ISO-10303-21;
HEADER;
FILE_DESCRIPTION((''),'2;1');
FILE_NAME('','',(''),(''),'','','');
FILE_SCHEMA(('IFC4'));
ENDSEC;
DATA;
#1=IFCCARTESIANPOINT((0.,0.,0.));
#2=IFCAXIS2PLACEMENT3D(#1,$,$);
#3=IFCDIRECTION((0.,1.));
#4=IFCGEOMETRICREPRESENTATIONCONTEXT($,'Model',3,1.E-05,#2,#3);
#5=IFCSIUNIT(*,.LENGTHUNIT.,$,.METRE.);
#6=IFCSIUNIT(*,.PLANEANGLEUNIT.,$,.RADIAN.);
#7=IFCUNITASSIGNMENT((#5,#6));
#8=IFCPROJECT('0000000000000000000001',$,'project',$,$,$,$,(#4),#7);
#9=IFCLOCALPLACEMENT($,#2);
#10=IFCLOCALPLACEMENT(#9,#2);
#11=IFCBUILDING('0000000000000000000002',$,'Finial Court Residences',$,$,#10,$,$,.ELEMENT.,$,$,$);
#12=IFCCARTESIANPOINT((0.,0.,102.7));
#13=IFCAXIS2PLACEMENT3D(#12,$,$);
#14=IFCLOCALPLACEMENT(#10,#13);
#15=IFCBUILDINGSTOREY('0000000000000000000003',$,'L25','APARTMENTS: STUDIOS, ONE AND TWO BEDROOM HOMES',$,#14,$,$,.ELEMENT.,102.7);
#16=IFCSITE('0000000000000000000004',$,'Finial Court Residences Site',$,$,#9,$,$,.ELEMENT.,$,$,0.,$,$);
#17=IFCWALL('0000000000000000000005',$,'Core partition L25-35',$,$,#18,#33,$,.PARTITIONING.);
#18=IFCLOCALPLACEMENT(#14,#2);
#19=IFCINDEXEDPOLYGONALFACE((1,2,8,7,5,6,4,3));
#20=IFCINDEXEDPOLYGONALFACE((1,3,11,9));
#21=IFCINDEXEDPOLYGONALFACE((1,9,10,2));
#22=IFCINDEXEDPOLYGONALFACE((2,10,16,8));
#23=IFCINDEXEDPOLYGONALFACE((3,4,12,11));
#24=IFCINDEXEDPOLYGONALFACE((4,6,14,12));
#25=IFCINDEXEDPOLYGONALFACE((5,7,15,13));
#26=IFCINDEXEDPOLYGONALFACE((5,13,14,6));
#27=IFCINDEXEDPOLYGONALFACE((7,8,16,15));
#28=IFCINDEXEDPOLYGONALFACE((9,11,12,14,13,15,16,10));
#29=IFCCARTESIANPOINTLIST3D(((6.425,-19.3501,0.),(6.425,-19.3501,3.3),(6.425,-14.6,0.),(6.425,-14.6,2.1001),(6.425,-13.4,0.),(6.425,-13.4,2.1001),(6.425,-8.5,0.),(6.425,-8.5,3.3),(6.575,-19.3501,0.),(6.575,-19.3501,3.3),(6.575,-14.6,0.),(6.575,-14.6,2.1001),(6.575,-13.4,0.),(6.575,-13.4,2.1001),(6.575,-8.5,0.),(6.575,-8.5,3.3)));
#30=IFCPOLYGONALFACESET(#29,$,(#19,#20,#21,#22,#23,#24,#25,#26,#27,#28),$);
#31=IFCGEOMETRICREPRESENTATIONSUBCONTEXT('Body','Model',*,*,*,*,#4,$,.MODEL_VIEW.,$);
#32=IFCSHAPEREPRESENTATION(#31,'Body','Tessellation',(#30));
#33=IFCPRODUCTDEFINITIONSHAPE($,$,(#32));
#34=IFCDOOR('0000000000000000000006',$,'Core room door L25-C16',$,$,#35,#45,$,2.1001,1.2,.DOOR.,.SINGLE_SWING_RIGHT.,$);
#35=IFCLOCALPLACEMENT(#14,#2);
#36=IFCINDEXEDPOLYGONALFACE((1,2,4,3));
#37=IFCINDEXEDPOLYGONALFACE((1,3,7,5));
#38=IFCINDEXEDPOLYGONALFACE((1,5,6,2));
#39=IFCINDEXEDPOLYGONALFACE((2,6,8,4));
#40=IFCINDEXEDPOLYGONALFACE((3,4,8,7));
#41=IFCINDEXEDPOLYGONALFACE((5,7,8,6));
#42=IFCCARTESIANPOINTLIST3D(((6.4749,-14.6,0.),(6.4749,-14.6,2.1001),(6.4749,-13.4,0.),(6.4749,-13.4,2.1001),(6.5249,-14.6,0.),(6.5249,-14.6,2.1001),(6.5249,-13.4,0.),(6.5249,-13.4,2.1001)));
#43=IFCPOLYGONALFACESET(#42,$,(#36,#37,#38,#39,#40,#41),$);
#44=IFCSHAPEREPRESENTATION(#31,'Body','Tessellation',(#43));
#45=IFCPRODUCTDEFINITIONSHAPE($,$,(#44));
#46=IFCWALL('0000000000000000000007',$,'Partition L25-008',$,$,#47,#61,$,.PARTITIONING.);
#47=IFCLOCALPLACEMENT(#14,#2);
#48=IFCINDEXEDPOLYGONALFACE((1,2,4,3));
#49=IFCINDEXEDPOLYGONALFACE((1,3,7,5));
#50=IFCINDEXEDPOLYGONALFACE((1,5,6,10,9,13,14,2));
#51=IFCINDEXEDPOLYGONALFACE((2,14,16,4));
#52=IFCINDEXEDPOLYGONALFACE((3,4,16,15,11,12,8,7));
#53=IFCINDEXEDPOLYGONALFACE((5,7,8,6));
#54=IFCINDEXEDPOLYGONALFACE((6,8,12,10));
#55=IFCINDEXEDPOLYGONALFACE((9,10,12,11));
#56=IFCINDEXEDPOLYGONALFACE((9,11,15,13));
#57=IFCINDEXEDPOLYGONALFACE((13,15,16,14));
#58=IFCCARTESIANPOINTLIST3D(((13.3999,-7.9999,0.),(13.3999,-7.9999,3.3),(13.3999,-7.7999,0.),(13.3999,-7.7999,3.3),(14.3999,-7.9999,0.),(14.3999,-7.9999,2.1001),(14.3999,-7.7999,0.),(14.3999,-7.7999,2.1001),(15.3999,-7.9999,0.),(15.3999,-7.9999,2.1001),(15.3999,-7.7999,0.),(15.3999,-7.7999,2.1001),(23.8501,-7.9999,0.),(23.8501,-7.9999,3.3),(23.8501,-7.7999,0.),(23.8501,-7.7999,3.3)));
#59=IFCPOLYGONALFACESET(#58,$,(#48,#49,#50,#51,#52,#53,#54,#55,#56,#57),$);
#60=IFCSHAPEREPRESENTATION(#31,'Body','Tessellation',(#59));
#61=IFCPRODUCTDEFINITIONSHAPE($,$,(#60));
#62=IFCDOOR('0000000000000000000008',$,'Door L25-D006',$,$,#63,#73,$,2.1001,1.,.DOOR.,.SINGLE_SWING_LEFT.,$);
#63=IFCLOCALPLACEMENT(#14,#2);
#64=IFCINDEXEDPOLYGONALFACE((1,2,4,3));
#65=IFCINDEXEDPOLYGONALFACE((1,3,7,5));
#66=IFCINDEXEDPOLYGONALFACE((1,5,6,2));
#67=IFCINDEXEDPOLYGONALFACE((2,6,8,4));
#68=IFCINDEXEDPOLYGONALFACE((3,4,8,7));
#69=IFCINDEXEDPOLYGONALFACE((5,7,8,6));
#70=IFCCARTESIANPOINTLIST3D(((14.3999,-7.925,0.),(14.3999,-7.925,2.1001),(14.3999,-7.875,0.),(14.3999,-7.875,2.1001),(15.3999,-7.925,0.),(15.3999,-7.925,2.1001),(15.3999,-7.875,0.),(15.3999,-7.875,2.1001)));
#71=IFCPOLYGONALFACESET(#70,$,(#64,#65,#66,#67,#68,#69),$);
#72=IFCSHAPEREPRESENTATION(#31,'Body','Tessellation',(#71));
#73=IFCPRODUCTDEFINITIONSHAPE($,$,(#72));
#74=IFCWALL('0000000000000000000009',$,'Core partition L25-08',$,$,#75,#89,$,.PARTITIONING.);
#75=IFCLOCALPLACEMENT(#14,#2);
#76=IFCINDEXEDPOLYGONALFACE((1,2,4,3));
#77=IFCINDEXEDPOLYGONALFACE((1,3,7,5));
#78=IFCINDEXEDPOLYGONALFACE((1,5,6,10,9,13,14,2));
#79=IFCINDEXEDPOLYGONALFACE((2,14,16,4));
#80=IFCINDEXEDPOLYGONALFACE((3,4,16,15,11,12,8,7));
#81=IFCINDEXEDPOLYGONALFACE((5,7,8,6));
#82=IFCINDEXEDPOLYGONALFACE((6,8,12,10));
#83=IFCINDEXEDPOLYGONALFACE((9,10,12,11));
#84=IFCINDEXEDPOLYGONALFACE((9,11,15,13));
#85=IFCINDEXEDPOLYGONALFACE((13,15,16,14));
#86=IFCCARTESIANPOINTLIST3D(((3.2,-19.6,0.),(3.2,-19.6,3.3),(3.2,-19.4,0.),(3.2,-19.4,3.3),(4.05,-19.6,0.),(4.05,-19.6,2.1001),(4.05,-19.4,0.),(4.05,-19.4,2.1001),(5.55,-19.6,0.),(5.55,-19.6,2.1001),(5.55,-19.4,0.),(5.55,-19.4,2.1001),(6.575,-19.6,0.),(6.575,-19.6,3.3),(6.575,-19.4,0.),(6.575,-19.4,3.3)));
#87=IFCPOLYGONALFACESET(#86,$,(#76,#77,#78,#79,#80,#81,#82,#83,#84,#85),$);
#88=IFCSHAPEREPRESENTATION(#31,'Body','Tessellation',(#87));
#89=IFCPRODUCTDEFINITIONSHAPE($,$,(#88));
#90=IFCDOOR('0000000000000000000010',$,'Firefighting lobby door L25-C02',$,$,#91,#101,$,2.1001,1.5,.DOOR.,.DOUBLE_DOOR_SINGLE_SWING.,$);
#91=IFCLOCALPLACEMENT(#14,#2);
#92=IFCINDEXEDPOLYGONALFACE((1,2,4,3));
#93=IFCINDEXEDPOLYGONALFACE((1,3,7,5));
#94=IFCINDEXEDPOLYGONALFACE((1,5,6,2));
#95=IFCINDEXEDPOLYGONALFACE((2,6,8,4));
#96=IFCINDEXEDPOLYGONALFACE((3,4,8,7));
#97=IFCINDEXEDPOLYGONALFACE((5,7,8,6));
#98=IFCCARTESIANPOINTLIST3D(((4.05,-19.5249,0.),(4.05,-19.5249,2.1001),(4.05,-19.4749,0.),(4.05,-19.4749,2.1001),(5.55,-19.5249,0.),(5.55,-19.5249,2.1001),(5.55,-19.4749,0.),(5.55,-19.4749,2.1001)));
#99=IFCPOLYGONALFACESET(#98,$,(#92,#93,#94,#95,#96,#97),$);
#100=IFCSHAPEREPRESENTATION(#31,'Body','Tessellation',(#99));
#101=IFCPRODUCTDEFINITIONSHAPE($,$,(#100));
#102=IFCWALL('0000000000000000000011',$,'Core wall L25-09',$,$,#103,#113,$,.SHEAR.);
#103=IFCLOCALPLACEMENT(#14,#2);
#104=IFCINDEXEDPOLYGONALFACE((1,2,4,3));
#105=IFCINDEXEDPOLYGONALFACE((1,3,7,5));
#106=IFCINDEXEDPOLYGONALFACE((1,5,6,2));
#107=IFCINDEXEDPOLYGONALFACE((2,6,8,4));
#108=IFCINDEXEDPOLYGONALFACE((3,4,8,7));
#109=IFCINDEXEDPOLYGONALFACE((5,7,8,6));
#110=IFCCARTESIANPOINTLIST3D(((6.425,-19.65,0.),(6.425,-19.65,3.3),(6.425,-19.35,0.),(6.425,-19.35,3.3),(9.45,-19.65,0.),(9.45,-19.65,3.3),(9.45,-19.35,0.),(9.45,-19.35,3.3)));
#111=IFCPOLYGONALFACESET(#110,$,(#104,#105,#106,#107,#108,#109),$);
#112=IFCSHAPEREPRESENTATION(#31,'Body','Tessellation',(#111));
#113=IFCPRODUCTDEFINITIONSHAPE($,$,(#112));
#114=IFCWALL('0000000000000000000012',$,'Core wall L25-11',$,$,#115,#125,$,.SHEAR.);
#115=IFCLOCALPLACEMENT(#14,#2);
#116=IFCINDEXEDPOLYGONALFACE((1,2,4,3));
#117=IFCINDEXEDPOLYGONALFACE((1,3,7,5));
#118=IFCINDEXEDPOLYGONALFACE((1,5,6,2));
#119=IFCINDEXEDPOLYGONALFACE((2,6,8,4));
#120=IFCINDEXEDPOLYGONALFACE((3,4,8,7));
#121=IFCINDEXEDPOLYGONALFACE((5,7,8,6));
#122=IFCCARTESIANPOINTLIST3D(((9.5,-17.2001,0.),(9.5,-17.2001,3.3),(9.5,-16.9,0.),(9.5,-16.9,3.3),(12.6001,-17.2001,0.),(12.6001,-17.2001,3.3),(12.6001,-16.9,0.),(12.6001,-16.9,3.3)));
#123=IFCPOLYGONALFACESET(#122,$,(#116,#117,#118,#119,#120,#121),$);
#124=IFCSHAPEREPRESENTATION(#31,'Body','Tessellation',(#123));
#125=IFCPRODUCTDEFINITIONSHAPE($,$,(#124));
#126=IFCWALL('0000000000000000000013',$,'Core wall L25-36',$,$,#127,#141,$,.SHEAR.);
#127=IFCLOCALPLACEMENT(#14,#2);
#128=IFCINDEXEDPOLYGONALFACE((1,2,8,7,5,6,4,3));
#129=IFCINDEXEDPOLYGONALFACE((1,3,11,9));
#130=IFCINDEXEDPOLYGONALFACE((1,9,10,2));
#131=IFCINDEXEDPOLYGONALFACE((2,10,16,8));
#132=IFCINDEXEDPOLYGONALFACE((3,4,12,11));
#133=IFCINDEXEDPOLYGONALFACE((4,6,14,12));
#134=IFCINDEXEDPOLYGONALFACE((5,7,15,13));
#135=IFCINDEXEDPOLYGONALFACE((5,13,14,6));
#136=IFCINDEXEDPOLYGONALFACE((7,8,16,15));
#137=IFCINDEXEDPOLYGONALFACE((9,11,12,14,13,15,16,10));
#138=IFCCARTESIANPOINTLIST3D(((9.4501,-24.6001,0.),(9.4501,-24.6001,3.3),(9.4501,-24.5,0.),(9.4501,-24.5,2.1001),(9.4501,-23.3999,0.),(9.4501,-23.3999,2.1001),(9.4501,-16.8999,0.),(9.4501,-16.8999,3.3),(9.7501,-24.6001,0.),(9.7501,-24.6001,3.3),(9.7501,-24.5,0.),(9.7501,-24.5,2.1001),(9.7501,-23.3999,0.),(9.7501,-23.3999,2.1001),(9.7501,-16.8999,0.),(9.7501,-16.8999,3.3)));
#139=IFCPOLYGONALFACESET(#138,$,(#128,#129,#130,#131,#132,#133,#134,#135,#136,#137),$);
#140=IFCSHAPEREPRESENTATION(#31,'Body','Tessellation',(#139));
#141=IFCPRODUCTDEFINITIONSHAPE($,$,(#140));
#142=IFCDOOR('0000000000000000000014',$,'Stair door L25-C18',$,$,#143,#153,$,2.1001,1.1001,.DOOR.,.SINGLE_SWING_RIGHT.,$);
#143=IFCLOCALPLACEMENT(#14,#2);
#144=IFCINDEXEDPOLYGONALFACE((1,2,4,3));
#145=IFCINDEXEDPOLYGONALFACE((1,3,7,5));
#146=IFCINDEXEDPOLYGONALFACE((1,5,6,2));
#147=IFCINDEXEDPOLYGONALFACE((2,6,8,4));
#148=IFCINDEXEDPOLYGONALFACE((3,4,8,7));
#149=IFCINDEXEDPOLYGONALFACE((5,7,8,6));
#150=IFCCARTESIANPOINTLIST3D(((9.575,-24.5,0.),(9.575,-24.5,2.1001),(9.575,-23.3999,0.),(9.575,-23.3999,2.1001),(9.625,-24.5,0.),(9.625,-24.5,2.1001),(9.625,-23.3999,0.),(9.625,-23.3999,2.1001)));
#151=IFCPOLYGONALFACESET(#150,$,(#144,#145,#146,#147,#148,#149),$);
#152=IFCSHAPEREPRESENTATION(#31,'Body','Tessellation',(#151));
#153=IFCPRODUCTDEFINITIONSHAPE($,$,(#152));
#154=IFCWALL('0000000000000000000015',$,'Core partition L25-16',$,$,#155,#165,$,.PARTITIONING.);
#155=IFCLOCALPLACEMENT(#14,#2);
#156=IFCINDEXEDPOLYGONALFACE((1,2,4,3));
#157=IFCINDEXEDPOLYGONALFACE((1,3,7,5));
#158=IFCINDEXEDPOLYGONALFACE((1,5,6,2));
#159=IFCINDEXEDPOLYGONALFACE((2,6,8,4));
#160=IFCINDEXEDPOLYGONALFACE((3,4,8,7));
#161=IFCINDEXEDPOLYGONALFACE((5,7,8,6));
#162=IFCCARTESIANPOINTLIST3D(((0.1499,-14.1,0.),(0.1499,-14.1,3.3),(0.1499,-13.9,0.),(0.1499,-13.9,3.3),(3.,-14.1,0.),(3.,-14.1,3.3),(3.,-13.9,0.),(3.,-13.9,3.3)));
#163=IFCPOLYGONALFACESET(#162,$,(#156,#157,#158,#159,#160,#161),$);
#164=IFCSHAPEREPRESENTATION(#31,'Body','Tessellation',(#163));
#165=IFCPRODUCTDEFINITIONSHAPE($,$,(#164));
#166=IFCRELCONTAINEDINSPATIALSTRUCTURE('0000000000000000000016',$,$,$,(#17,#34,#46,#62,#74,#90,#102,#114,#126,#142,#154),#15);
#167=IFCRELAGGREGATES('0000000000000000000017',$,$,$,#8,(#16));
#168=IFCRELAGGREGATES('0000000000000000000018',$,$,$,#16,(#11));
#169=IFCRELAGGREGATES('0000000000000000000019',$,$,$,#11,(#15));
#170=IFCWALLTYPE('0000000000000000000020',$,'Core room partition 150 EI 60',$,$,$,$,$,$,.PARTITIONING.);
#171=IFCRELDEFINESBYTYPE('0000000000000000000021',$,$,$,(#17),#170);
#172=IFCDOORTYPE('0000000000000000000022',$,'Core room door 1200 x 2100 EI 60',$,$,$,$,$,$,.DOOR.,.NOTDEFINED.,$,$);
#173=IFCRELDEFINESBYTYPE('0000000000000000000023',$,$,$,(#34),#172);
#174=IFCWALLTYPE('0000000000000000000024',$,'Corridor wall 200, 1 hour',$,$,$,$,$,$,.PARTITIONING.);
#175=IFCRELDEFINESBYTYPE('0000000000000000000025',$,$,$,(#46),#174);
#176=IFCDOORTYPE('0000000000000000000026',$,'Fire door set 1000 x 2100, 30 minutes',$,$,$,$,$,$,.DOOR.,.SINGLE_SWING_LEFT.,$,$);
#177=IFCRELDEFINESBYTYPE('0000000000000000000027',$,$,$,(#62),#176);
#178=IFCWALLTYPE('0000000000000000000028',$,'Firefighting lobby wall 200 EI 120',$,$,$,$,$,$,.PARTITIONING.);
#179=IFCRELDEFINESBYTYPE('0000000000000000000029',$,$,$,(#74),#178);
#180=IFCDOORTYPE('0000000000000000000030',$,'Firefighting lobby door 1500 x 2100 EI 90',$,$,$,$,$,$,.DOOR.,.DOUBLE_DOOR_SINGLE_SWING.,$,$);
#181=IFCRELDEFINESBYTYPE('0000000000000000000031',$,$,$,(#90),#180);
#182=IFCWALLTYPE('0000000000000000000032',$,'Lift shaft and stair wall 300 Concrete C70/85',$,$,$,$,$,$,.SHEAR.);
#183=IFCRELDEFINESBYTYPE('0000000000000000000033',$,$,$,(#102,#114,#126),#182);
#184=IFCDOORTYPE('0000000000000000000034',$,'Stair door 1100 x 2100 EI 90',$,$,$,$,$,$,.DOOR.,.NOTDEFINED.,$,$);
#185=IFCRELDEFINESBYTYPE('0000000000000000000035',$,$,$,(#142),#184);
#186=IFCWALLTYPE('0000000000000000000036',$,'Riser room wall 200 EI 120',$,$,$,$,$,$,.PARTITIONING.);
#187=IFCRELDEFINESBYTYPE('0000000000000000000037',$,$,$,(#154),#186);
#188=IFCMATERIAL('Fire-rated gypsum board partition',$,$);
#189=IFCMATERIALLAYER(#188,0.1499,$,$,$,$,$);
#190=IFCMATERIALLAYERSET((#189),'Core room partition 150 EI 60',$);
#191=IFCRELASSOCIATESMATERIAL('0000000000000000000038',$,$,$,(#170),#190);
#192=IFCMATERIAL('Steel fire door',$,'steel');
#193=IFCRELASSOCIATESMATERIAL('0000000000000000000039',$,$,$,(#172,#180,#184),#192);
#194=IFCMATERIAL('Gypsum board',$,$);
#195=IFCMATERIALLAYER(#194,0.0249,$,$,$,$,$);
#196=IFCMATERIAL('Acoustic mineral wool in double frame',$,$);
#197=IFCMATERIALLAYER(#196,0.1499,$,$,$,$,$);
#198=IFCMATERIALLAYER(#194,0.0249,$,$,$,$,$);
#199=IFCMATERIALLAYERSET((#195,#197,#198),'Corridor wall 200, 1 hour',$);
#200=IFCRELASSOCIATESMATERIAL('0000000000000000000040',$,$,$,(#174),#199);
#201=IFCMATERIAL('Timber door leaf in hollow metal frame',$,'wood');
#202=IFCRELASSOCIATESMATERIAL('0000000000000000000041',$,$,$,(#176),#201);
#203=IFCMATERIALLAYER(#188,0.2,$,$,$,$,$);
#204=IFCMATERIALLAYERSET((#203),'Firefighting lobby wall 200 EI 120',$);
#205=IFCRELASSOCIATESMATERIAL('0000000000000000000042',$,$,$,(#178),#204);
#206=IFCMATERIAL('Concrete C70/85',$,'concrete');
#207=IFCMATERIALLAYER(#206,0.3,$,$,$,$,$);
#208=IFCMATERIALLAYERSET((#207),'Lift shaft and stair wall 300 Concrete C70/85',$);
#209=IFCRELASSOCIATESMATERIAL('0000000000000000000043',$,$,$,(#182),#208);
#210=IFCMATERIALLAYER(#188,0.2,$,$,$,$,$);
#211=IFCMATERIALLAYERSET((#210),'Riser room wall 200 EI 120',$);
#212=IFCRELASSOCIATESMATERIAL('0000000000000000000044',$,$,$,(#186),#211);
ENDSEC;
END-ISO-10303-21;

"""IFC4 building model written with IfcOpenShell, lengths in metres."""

from ifc_helpers import new_model, si_unit, direction, frame, frame_2d, origin, place, context, subcontext, project, spatial, rectangle, extrude, material, layer, layer_set, type_object, element, fill, save


model = new_model("IFC4")

# Units and contexts
model_context = context("Model", 3, precision=1e-05, world=origin(), true_north=direction((0.0, 1.0)))
body_context = subcontext(model_context, "Body", "Model", "MODEL_VIEW")
ifc_project = project(units=[si_unit("LENGTHUNIT", "METRE"), si_unit("PLANEANGLEUNIT", "RADIAN")], contexts=[model_context])

# Site, building, storey
site_placement = place(None, origin())
site = spatial("IfcSite", under=ifc_project, at=site_placement, Name="Finial Court Residences Site", CompositionType="ELEMENT", RefElevation=0.0)
building_placement = place(site_placement, origin())
building = spatial("IfcBuilding", under=site, at=building_placement, Name="Finial Court Residences", CompositionType="ELEMENT")
storey_placement = place(building_placement, frame((0.0, 0.0, 102.7)))
storey = spatial("IfcBuildingStorey", under=building, at=storey_placement, Name="L25", Description="APARTMENTS: STUDIOS, ONE AND TWO BEDROOM HOMES", CompositionType="ELEMENT", Elevation=102.7)

# Walls, openings, doors
ifc_material_1 = material(Name="Fire-rated gypsum board partition")
ifc_layer_1 = layer(ifc_material_1, 0.1499)
ifc_layer_set_1 = layer_set([ifc_layer_1], Name="Core room partition 150 EI 60")
wall_type_1 = type_object("IfcWallType", Name="Core room partition 150 EI 60", PredefinedType="PARTITIONING", material=ifc_layer_set_1)
wall_1_placement = place(storey_placement, frame((6.5, -8.5, 0.0), z_axis=(0.0, 0.0, 1.0), x_axis=(0.0, -1.0, 0.0)))
wall_1 = element("IfcWall", 1, at=wall_1_placement, inside=storey, type_object=wall_type_1, Name="Core partition L25-35", PredefinedType="PARTITIONING", context=body_context, shape_type="SweptSolid", body=[
    extrude(rectangle(XDim=10.8501, YDim=0.1499, at=frame_2d((5.425, 0.0))), origin(), (0.0, 0.0, 1.0), 3.3),
])
opening_1_placement = place(wall_1_placement, frame((4.8999, 0.0, 0.0)))
opening_1 = element("IfcOpeningElement", 2, at=opening_1_placement, cuts=wall_1, PredefinedType="OPENING", context=body_context, shape_type="SweptSolid", body=[
    extrude(rectangle(XDim=1.2, YDim=2.1001, at=frame_2d((0.6001, 1.05))), frame((0.0, 0.085, 0.0), z_axis=(0.0, -1.0, 0.0), x_axis=(1.0, 0.0, 0.0)), (0.0, 0.0, 1.0), 0.1699),
])
ifc_material_2 = material(Name="Steel fire door", Category="steel")
door_type_1 = type_object("IfcDoorType", Name="Core room door 1200 x 2100 EI 60", OperationType="NOTDEFINED", PredefinedType="DOOR", material=ifc_material_2)
door_1_placement = place(opening_1_placement, origin())
door_1 = element("IfcDoor", 3, at=door_1_placement, inside=storey, type_object=door_type_1, Name="Core room door L25-C16", OperationType="SINGLE_SWING_RIGHT", OverallHeight=2.1001, OverallWidth=1.2, PredefinedType="DOOR", context=body_context, shape_type="SweptSolid", body=[
    extrude(rectangle(XDim=1.2, YDim=2.1001, at=frame_2d((0.6001, 1.05))), frame((0.0, 0.0249, 0.0), z_axis=(0.0, -1.0, 0.0), x_axis=(1.0, 0.0, 0.0)), (0.0, 0.0, 1.0), 0.05),
])
fill(opening_1, door_1)
ifc_material_3 = material(Name="Gypsum board")
ifc_layer_2 = layer(ifc_material_3, 0.0249)
ifc_material_4 = material(Name="Acoustic mineral wool in double frame")
ifc_layer_3 = layer(ifc_material_4, 0.1499)
ifc_layer_4 = layer(ifc_material_3, 0.0249)
ifc_layer_set_2 = layer_set([ifc_layer_2, ifc_layer_3, ifc_layer_4], Name="Corridor wall 200, 1 hour")
wall_type_2 = type_object("IfcWallType", Name="Corridor wall 200, 1 hour", PredefinedType="PARTITIONING", material=ifc_layer_set_2)
wall_2_placement = place(storey_placement, frame((13.3999, -7.8999, 0.0), z_axis=(0.0, 0.0, 1.0), x_axis=(1.0, 0.0, 0.0)))
wall_2 = element("IfcWall", 4, at=wall_2_placement, inside=storey, type_object=wall_type_2, Name="Partition L25-008", PredefinedType="PARTITIONING", context=body_context, shape_type="SweptSolid", body=[
    extrude(rectangle(XDim=10.4502, YDim=0.2, at=frame_2d((5.2251, 0.0))), origin(), (0.0, 0.0, 1.0), 3.3),
])
opening_2_placement = place(wall_2_placement, frame((1.0, 0.0, 0.0)))
opening_2 = element("IfcOpeningElement", 5, at=opening_2_placement, cuts=wall_2, PredefinedType="OPENING", context=body_context, shape_type="SweptSolid", body=[
    extrude(rectangle(XDim=1.0, YDim=2.1001, at=frame_2d((0.5, 1.05))), frame((0.0, 0.1099, 0.0), z_axis=(0.0, -1.0, 0.0), x_axis=(1.0, 0.0, 0.0)), (0.0, 0.0, 1.0), 0.22),
])
ifc_material_5 = material(Name="Timber door leaf in hollow metal frame", Category="wood")
door_type_2 = type_object("IfcDoorType", Name="Fire door set 1000 x 2100, 30 minutes", OperationType="SINGLE_SWING_LEFT", PredefinedType="DOOR", material=ifc_material_5)
door_2_placement = place(opening_2_placement, origin())
door_2 = element("IfcDoor", 6, at=door_2_placement, inside=storey, type_object=door_type_2, Name="Door L25-D006", OperationType="SINGLE_SWING_LEFT", OverallHeight=2.1001, OverallWidth=1.0, PredefinedType="DOOR", context=body_context, shape_type="SweptSolid", body=[
    extrude(rectangle(XDim=1.0, YDim=2.1001, at=frame_2d((0.5, 1.05))), frame((0.0, 0.0249, 0.0), z_axis=(0.0, -1.0, 0.0), x_axis=(1.0, 0.0, 0.0)), (0.0, 0.0, 1.0), 0.05),
])
fill(opening_2, door_2)
ifc_layer_5 = layer(ifc_material_1, 0.2)
ifc_layer_set_3 = layer_set([ifc_layer_5], Name="Firefighting lobby wall 200 EI 120")
wall_type_3 = type_object("IfcWallType", Name="Firefighting lobby wall 200 EI 120", PredefinedType="PARTITIONING", material=ifc_layer_set_3)
wall_3_placement = place(storey_placement, frame((6.575, -19.5, 0.0), z_axis=(0.0, 0.0, 1.0), x_axis=(-1.0, 0.0, 0.0)))
wall_3 = element("IfcWall", 7, at=wall_3_placement, inside=storey, type_object=wall_type_3, Name="Core partition L25-08", PredefinedType="PARTITIONING", context=body_context, shape_type="SweptSolid", body=[
    extrude(rectangle(XDim=3.375, YDim=0.2, at=frame_2d((1.6875, 0.0))), origin(), (0.0, 0.0, 1.0), 3.3),
])
opening_3_placement = place(wall_3_placement, frame((1.0249, 0.0, 0.0)))
opening_3 = element("IfcOpeningElement", 8, at=opening_3_placement, cuts=wall_3, PredefinedType="OPENING", context=body_context, shape_type="SweptSolid", body=[
    extrude(rectangle(XDim=1.5, YDim=2.1001, at=frame_2d((0.75, 1.05))), frame((0.0, 0.1099, 0.0), z_axis=(0.0, -1.0, 0.0), x_axis=(1.0, 0.0, 0.0)), (0.0, 0.0, 1.0), 0.22),
])
door_type_3 = type_object("IfcDoorType", Name="Firefighting lobby door 1500 x 2100 EI 90", OperationType="DOUBLE_DOOR_SINGLE_SWING", PredefinedType="DOOR", material=ifc_material_2)
door_3_placement = place(opening_3_placement, origin())
door_3 = element("IfcDoor", 9, at=door_3_placement, inside=storey, type_object=door_type_3, Name="Firefighting lobby door L25-C02", OperationType="DOUBLE_DOOR_SINGLE_SWING", OverallHeight=2.1001, OverallWidth=1.5, PredefinedType="DOOR", context=body_context, shape_type="SweptSolid", body=[
    extrude(rectangle(XDim=1.5, YDim=2.1001, at=frame_2d((0.75, 1.05))), frame((0.0, 0.0249, 0.0), z_axis=(0.0, -1.0, 0.0), x_axis=(1.0, 0.0, 0.0)), (0.0, 0.0, 1.0), 0.05),
])
fill(opening_3, door_3)

# Walls
ifc_material_6 = material(Name="Concrete C70/85", Category="concrete")
ifc_layer_6 = layer(ifc_material_6, 0.3)
ifc_layer_set_4 = layer_set([ifc_layer_6], Name="Lift shaft and stair wall 300 Concrete C70/85")
wall_type_4 = type_object("IfcWallType", Name="Lift shaft and stair wall 300 Concrete C70/85", PredefinedType="SHEAR", material=ifc_layer_set_4)
wall_4_placement = place(storey_placement, frame((6.425, -19.5, 0.0), z_axis=(0.0, 0.0, 1.0), x_axis=(1.0, 0.0, 0.0)))
element("IfcWall", 10, at=wall_4_placement, inside=storey, type_object=wall_type_4, Name="Core wall L25-09", PredefinedType="SHEAR", context=body_context, shape_type="SweptSolid", body=[
    extrude(rectangle(XDim=3.0249, YDim=0.3, at=frame_2d((1.5125, 0.0))), origin(), (0.0, 0.0, 1.0), 3.3),
])
wall_5_placement = place(storey_placement, frame((9.5, -17.05, 0.0), z_axis=(0.0, 0.0, 1.0), x_axis=(1.0, 0.0, 0.0)))
element("IfcWall", 11, at=wall_5_placement, inside=storey, type_object=wall_type_4, Name="Core wall L25-11", PredefinedType="SHEAR", context=body_context, shape_type="SweptSolid", body=[
    extrude(rectangle(XDim=3.1001, YDim=0.3, at=frame_2d((1.55, 0.0))), origin(), (0.0, 0.0, 1.0), 3.3),
])

# Wall, opening, door
wall_6_placement = place(storey_placement, frame((9.6001, -16.8999, 0.0), z_axis=(0.0, 0.0, 1.0), x_axis=(0.0, -1.0, 0.0)))
wall_6 = element("IfcWall", 12, at=wall_6_placement, inside=storey, type_object=wall_type_4, Name="Core wall L25-36", PredefinedType="SHEAR", context=body_context, shape_type="SweptSolid", body=[
    extrude(rectangle(XDim=7.7002, YDim=0.3, at=frame_2d((3.8501, 0.0))), origin(), (0.0, 0.0, 1.0), 3.3),
])
opening_4_placement = place(wall_6_placement, frame((6.5, 0.0, 0.0)))
opening_4 = element("IfcOpeningElement", 13, at=opening_4_placement, cuts=wall_6, PredefinedType="OPENING", context=body_context, shape_type="SweptSolid", body=[
    extrude(rectangle(XDim=1.1001, YDim=2.1001, at=frame_2d((0.55, 1.05))), frame((0.0, 0.1599, 0.0), z_axis=(0.0, -1.0, 0.0), x_axis=(1.0, 0.0, 0.0)), (0.0, 0.0, 1.0), 0.3201),
])
door_type_4 = type_object("IfcDoorType", Name="Stair door 1100 x 2100 EI 90", OperationType="NOTDEFINED", PredefinedType="DOOR", material=ifc_material_2)
door_4_placement = place(opening_4_placement, origin())
door_4 = element("IfcDoor", 14, at=door_4_placement, inside=storey, type_object=door_type_4, Name="Stair door L25-C18", OperationType="SINGLE_SWING_RIGHT", OverallHeight=2.1001, OverallWidth=1.1001, PredefinedType="DOOR", context=body_context, shape_type="SweptSolid", body=[
    extrude(rectangle(XDim=1.1001, YDim=2.1001, at=frame_2d((0.55, 1.05))), frame((0.0, 0.0249, 0.0), z_axis=(0.0, -1.0, 0.0), x_axis=(1.0, 0.0, 0.0)), (0.0, 0.0, 1.0), 0.05),
])
fill(opening_4, door_4)

# Wall
ifc_layer_7 = layer(ifc_material_1, 0.2)
ifc_layer_set_5 = layer_set([ifc_layer_7], Name="Riser room wall 200 EI 120")
wall_type_5 = type_object("IfcWallType", Name="Riser room wall 200 EI 120", PredefinedType="PARTITIONING", material=ifc_layer_set_5)
wall_7_placement = place(storey_placement, frame((0.1499, -14.0, 0.0), z_axis=(0.0, 0.0, 1.0), x_axis=(1.0, 0.0, 0.0)))
element("IfcWall", 15, at=wall_7_placement, inside=storey, type_object=wall_type_5, Name="Core partition L25-16", PredefinedType="PARTITIONING", context=body_context, shape_type="SweptSolid", body=[
    extrude(rectangle(XDim=2.8501, YDim=0.2, at=frame_2d((1.425, 0.0))), origin(), (0.0, 0.0, 1.0), 3.3),
])

save(model, "model.ifc")
